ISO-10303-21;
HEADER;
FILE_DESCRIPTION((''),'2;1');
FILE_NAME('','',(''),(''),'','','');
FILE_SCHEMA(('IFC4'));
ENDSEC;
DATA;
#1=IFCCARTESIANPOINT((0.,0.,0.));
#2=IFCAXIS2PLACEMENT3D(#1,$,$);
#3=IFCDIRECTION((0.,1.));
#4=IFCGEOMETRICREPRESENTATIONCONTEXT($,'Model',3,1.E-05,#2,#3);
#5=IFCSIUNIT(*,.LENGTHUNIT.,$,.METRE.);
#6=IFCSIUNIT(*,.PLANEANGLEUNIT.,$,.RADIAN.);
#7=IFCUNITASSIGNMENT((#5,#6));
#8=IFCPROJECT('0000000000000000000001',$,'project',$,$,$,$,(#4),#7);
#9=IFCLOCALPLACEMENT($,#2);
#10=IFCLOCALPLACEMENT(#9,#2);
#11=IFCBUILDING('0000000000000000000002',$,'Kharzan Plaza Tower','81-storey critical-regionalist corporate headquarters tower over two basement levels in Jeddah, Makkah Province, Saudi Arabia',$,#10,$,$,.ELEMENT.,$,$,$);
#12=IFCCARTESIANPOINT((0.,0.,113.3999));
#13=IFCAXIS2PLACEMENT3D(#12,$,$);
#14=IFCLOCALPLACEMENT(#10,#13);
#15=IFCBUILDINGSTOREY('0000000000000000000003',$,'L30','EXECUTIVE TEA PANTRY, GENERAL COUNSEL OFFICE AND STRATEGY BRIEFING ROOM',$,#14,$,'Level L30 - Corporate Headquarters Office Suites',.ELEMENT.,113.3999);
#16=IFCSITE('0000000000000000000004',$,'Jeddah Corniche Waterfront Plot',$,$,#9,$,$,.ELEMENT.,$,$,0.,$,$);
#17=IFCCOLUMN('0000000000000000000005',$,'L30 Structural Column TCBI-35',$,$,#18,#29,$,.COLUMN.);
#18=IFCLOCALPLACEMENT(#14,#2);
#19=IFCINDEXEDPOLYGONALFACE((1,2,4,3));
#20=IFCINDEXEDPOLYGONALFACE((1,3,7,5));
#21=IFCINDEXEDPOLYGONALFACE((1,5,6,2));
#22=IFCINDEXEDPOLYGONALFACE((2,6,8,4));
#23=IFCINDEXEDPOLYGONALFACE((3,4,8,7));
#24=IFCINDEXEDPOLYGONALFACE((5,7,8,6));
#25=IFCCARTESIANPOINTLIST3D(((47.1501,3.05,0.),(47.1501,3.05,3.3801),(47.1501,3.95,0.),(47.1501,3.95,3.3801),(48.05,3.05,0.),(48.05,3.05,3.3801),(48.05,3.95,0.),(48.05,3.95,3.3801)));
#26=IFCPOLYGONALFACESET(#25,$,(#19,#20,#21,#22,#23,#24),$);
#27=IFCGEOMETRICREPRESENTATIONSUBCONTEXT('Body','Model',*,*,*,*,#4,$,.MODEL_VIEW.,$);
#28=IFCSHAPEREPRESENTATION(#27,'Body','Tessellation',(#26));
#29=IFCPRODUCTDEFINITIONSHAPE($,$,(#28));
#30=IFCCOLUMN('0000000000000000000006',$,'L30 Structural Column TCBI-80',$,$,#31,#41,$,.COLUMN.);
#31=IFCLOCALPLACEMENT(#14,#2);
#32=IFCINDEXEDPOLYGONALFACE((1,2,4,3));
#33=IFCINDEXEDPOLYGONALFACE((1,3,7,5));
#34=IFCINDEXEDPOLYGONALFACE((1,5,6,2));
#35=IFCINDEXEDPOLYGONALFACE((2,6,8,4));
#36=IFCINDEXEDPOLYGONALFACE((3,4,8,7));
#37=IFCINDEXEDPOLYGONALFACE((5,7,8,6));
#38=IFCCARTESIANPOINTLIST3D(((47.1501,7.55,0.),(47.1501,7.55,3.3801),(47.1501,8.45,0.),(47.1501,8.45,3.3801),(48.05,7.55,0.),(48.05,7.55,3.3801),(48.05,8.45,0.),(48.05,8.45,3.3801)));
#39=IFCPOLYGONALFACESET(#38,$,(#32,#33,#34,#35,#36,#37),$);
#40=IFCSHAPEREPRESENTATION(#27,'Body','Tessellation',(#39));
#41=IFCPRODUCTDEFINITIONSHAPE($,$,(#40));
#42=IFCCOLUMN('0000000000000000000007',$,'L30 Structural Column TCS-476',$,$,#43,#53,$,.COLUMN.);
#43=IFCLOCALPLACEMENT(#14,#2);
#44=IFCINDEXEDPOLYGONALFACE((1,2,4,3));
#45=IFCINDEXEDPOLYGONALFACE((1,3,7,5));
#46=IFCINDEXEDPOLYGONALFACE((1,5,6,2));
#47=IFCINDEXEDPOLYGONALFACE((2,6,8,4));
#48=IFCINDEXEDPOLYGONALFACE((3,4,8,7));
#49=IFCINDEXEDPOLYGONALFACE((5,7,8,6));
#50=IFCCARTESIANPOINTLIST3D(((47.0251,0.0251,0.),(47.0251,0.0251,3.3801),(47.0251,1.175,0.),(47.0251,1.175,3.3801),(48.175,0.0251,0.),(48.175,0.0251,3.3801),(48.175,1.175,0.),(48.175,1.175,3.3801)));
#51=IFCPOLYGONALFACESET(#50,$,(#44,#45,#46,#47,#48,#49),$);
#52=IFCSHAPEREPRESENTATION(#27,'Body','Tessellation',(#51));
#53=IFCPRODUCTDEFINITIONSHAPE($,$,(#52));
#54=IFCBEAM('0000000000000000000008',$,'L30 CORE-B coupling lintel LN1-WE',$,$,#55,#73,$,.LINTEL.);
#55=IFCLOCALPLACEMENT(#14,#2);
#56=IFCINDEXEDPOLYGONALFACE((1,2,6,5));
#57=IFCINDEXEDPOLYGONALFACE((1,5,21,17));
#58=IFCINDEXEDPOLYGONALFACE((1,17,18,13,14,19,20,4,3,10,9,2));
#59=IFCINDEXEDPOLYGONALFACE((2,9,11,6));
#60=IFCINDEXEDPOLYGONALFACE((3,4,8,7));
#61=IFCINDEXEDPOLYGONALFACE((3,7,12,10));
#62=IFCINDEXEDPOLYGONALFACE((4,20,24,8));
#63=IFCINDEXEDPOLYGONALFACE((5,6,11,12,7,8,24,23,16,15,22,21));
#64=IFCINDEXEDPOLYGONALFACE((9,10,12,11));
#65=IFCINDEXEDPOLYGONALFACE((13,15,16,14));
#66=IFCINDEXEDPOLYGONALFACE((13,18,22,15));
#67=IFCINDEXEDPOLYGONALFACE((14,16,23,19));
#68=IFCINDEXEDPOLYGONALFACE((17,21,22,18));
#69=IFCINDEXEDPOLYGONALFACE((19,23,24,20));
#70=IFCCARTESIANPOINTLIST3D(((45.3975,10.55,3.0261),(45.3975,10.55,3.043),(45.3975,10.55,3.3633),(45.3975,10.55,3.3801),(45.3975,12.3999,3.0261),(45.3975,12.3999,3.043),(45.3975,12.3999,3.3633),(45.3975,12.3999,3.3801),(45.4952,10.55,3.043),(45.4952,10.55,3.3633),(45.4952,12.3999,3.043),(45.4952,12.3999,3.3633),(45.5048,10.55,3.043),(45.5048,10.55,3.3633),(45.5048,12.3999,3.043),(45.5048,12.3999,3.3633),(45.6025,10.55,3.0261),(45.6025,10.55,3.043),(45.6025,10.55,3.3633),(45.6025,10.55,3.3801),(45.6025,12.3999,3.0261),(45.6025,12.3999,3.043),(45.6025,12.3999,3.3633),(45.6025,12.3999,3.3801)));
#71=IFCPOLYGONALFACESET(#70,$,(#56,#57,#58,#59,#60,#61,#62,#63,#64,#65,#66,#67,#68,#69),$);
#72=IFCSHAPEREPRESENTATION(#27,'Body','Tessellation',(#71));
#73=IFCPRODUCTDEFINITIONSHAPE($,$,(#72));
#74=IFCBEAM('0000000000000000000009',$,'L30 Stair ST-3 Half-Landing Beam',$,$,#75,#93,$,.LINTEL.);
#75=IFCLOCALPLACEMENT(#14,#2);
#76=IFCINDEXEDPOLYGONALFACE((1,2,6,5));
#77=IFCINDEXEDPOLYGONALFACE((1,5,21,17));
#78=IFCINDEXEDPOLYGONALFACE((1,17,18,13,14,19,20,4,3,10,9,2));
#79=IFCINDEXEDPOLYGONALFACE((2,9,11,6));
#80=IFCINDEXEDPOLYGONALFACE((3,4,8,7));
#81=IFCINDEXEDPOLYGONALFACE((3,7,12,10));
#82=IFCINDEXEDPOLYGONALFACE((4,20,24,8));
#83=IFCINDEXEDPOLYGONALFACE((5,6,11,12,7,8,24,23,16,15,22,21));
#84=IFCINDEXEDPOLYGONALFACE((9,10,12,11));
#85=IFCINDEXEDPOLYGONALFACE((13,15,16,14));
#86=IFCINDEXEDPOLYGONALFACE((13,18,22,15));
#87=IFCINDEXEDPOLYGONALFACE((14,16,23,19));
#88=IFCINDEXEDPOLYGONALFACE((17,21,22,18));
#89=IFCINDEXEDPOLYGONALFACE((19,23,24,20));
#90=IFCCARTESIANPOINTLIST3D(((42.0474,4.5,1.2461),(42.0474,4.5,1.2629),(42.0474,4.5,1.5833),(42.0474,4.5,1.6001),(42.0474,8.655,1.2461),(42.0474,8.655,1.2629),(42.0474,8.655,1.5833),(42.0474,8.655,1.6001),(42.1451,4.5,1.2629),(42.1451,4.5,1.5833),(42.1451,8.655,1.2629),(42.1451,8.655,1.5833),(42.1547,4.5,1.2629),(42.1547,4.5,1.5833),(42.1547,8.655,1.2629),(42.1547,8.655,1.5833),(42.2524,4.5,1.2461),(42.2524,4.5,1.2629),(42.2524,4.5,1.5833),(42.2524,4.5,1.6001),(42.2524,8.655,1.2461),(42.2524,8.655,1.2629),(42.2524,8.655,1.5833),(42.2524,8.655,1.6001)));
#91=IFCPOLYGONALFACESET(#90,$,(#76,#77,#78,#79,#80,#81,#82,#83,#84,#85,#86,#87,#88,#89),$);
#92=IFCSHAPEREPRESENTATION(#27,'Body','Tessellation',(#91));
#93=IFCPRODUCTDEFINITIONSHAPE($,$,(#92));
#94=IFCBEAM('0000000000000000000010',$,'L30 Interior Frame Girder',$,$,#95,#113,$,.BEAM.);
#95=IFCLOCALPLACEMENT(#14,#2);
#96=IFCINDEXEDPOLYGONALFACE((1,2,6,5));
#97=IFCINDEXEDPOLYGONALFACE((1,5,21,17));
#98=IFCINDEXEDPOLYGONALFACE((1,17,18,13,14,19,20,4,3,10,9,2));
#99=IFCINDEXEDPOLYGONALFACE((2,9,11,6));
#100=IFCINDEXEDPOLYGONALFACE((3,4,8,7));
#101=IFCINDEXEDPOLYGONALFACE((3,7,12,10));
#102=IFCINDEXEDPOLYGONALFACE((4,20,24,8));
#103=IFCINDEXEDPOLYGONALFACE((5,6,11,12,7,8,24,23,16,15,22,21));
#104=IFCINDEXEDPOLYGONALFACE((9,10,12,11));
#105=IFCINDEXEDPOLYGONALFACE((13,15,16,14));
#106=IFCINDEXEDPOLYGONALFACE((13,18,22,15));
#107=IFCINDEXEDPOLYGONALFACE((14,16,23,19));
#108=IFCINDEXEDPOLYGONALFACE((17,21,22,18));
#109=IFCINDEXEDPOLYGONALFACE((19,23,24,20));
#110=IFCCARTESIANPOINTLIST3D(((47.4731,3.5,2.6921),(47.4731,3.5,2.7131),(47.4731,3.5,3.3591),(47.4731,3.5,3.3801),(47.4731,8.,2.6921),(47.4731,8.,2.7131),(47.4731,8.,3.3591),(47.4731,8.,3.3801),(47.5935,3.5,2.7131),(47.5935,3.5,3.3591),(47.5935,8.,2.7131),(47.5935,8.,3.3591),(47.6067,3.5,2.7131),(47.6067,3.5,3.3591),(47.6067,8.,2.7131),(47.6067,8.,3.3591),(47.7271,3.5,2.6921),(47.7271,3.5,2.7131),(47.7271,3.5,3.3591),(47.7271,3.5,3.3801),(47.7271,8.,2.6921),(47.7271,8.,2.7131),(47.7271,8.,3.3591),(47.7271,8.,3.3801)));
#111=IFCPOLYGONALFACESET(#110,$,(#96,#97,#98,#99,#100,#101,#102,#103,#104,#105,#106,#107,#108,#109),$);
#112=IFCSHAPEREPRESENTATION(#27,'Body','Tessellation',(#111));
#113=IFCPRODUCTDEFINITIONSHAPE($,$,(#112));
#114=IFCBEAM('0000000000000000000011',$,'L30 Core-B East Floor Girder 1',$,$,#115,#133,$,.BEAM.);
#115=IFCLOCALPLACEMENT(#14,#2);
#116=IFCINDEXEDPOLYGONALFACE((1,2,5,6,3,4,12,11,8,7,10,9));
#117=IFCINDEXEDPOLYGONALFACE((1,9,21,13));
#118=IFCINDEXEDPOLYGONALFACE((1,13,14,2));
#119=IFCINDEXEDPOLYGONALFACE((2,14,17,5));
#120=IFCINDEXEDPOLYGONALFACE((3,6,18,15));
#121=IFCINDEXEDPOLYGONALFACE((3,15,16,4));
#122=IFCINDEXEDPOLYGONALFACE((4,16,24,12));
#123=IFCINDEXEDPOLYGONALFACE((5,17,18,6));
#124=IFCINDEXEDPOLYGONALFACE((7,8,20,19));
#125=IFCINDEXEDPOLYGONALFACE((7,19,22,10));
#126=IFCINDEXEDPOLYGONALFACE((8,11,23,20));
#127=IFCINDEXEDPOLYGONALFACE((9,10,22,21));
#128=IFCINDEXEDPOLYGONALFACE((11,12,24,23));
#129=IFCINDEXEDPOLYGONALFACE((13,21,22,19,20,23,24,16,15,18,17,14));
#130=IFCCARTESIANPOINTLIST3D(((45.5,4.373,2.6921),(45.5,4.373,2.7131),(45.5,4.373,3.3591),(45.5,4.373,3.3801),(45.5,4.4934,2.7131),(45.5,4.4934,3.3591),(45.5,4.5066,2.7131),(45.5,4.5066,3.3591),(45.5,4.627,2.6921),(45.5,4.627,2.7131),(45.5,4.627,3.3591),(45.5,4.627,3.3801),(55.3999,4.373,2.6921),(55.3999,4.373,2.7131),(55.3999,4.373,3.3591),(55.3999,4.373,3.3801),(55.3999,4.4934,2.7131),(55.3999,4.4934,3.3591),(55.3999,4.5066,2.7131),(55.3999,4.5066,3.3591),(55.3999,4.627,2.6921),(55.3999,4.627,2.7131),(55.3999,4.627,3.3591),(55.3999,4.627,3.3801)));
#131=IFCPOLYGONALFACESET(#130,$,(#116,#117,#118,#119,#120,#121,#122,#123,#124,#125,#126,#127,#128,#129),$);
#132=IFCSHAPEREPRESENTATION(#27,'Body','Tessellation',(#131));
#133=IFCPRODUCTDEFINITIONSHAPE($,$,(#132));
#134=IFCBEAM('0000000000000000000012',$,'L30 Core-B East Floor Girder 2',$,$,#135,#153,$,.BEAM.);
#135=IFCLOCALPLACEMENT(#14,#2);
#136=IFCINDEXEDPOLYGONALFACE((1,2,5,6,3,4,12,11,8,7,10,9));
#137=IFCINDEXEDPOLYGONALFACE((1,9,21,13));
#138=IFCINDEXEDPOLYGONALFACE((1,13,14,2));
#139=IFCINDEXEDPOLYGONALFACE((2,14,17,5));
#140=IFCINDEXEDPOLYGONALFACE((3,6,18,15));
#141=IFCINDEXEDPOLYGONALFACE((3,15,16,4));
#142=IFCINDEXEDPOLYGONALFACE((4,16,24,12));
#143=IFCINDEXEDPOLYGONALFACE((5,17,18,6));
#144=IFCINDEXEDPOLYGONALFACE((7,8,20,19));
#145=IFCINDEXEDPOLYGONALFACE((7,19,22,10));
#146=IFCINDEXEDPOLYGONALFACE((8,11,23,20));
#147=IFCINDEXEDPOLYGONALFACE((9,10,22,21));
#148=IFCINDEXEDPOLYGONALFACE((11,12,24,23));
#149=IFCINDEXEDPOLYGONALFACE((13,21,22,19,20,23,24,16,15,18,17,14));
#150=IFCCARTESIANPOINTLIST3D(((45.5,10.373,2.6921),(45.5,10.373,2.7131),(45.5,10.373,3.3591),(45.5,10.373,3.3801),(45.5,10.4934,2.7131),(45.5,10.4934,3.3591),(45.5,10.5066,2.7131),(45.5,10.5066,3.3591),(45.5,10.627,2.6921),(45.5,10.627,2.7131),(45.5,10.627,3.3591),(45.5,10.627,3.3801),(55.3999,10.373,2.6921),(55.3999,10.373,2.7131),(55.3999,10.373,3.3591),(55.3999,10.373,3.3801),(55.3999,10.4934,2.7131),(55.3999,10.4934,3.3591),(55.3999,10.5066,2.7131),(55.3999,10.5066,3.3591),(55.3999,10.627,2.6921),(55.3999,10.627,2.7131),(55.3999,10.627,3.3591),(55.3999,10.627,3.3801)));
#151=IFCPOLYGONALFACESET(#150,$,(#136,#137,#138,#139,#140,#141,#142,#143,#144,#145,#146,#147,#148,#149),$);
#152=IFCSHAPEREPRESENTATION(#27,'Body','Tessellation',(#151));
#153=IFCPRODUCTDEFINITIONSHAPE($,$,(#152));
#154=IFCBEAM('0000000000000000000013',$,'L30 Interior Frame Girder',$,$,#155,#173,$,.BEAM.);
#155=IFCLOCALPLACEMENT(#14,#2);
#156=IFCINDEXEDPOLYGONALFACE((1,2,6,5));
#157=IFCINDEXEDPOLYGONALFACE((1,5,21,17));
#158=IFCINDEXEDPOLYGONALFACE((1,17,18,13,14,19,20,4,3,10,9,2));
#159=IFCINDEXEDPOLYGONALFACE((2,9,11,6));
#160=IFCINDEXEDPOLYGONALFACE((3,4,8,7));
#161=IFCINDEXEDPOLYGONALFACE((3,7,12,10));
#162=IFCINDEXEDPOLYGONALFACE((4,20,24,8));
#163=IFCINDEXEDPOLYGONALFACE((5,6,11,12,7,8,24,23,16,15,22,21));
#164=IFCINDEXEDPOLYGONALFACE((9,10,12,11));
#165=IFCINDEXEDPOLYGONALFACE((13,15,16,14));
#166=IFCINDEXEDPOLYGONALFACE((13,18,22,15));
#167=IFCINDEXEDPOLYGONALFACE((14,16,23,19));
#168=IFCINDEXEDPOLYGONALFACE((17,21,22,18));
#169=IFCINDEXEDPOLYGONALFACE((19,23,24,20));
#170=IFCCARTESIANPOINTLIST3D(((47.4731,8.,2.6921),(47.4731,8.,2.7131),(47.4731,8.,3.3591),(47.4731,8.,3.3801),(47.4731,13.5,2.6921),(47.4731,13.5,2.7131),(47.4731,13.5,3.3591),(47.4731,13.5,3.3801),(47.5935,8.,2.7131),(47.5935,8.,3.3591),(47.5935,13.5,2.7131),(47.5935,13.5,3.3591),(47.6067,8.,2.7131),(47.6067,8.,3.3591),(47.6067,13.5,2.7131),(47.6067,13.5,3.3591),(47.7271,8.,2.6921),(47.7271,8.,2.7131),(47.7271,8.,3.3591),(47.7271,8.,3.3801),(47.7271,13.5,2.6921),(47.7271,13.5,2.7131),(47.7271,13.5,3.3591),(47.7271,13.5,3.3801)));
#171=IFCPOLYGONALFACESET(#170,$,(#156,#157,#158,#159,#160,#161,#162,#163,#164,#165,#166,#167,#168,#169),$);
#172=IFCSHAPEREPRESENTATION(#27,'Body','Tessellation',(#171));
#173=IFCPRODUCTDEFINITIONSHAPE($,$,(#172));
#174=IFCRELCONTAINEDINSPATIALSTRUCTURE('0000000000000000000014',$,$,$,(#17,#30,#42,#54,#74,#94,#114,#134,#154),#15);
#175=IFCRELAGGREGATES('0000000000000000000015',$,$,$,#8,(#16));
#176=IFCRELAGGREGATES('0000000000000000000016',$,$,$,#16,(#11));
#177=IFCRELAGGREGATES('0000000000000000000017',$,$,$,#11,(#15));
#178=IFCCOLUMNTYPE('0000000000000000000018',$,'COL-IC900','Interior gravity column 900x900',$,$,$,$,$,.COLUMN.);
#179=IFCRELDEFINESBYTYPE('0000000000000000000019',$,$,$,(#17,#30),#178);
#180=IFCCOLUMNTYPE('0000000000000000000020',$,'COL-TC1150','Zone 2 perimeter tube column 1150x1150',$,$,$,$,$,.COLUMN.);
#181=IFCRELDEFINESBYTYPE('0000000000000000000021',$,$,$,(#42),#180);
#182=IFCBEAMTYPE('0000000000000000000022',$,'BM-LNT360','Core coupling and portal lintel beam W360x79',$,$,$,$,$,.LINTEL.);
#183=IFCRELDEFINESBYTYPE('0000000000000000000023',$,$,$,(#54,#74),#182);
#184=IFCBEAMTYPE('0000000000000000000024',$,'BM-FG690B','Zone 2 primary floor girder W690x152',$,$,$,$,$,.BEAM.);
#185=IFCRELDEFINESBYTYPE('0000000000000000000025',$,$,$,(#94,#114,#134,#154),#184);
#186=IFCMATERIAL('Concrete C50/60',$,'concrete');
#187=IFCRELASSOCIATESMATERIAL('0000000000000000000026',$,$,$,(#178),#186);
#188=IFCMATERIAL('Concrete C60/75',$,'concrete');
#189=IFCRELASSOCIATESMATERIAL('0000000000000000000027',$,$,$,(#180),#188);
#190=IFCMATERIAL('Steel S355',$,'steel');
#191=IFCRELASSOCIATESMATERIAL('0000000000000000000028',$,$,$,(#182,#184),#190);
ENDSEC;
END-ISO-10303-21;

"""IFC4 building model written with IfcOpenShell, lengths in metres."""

from ifc_helpers import new_model, si_unit, direction, frame, origin, origin_2d, place, context, subcontext, project, spatial, rectangle, i_section, extrude, source, transform, mapped, material, material_profile, profile_set, type_object, element, save


model = new_model("IFC4")

# Units and contexts
model_context = context("Model", 3, precision=1e-05, world=origin(), true_north=direction((0.0, 1.0)))
body_context = subcontext(model_context, "Body", "Model", "MODEL_VIEW")
ifc_project = project(units=[si_unit("LENGTHUNIT", "METRE"), si_unit("PLANEANGLEUNIT", "RADIAN")], contexts=[model_context])

# Site, building, storey
site_placement = place(None, origin())
site = spatial("IfcSite", under=ifc_project, at=site_placement, Name="Jeddah Corniche Waterfront Plot", CompositionType="ELEMENT", RefElevation=0.0)
building_placement = place(site_placement, origin())
building = spatial("IfcBuilding", under=site, at=building_placement, Name="Kharzan Plaza Tower", Description="81-storey critical-regionalist corporate headquarters tower over two basement levels in Jeddah, Makkah Province, Saudi Arabia", CompositionType="ELEMENT")
storey_placement = place(building_placement, frame((0.0, 0.0, 113.3999)))
storey = spatial("IfcBuildingStorey", under=building, at=storey_placement, Name="L30", Description="EXECUTIVE TEA PANTRY, GENERAL COUNSEL OFFICE AND STRATEGY BRIEFING ROOM", LongName="Level L30 - Corporate Headquarters Office Suites", CompositionType="ELEMENT", Elevation=113.3999)

# Columns
ifc_material_1 = material(Name="Concrete C50/60", Category="concrete")
ifc_material_profile_1 = material_profile(ifc_material_1, rectangle(XDim=0.8999, YDim=0.8999, at=origin_2d()), Name="RC-IC900x900")
ifc_profile_set_1 = profile_set([ifc_material_profile_1], Name="Concrete C50/60")
column_type_1 = type_object("IfcColumnType", Name="COL-IC900", Description="Interior gravity column 900x900", PredefinedType="COLUMN", material=ifc_profile_set_1)
shared_shape_1 = source(origin(), body_context, "Body", "SweptSolid", [
    extrude(rectangle(XDim=0.8999, YDim=0.8999, at=origin_2d()), origin(), (0.0, 0.0, 1.0), 3.3801),
])
for number, where, z_axis, x_axis, name in (
    (1, (47.6001, 3.5, 0.0), (0.0, 0.0, 1.0), (1.0, 0.0, 0.0), "L30 Structural Column TCBI-35"),
    (2, (47.6001, 8.0, 0.0), (0.0, 0.0, 1.0), (1.0, 0.0, 0.0), "L30 Structural Column TCBI-80"),
):
    element("IfcColumn", number, at=place(storey_placement, frame(where, z_axis=z_axis, x_axis=x_axis)), inside=storey, type_object=column_type_1, Name=name, PredefinedType="COLUMN", context=body_context, shape_type="MappedRepresentation", body=[
        mapped(shared_shape_1, transform((0.0, 0.0, 0.0), x_axis=(1.0, 0.0, 0.0), y_axis=(0.0, 1.0, 0.0), z_axis=(0.0, 0.0, 1.0))),
    ])
ifc_material_2 = material(Name="Concrete C60/75", Category="concrete")
ifc_material_profile_2 = material_profile(ifc_material_2, rectangle(XDim=1.1499, YDim=1.1499, at=origin_2d()), Name="RC-TC1150x1150")
ifc_profile_set_2 = profile_set([ifc_material_profile_2], Name="Concrete C60/75")
column_type_2 = type_object("IfcColumnType", Name="COL-TC1150", Description="Zone 2 perimeter tube column 1150x1150", PredefinedType="COLUMN", material=ifc_profile_set_2)
shared_shape_2 = source(origin(), body_context, "Body", "SweptSolid", [
    extrude(rectangle(XDim=1.1499, YDim=1.1499, at=origin_2d()), origin(), (0.0, 0.0, 1.0), 3.3801),
])
column_placement = place(storey_placement, frame((47.6001, 0.6001, 0.0), z_axis=(0.0, 0.0, 1.0), x_axis=(1.0, 0.0, 0.0)))
element("IfcColumn", 3, at=column_placement, inside=storey, type_object=column_type_2, Name="L30 Structural Column TCS-476", PredefinedType="COLUMN", context=body_context, shape_type="MappedRepresentation", body=[
    mapped(shared_shape_2, transform((0.0, 0.0, 0.0), x_axis=(1.0, 0.0, 0.0), y_axis=(0.0, 1.0, 0.0), z_axis=(0.0, 0.0, 1.0))),
])

# Beams
ifc_material_3 = material(Name="Steel S355", Category="steel")
ifc_material_profile_3 = material_profile(ifc_material_3, i_section(OverallWidth=0.2051, OverallDepth=0.354, WebThickness=0.0095, FlangeThickness=0.0168, at=origin_2d()), Name="W360x79")
ifc_profile_set_3 = profile_set([ifc_material_profile_3], Name="Steel S355")
beam_type_1 = type_object("IfcBeamType", Name="BM-LNT360", Description="Core coupling and portal lintel beam W360x79", PredefinedType="LINTEL", material=ifc_profile_set_3)
shared_shape_3 = source(origin(), body_context, "Body", "SweptSolid", [
    extrude(i_section(OverallWidth=0.2051, OverallDepth=0.354, WebThickness=0.0095, FlangeThickness=0.0168, at=origin_2d()), origin(), (0.0, 0.0, 1.0), 1.8499),
])
beam_1_placement = place(storey_placement, frame((45.5, 10.55, 3.2031), z_axis=(0.0, 1.0, 0.0), x_axis=(-1.0, 0.0, 0.0)))
element("IfcBeam", 4, at=beam_1_placement, inside=storey, type_object=beam_type_1, Name="L30 CORE-B coupling lintel LN1-WE", PredefinedType="LINTEL", context=body_context, shape_type="MappedRepresentation", body=[
    mapped(shared_shape_3, transform((0.0, 0.0, 0.0), x_axis=(1.0, 0.0, 0.0), y_axis=(0.0, 1.0, 0.0), z_axis=(0.0, 0.0, 1.0))),
])
shared_shape_4 = source(origin(), body_context, "Body", "SweptSolid", [
    extrude(i_section(OverallWidth=0.2051, OverallDepth=0.354, WebThickness=0.0095, FlangeThickness=0.0168, at=origin_2d()), origin(), (0.0, 0.0, 1.0), 4.155),
])
beam_2_placement = place(storey_placement, frame((42.1499, 4.5, 1.4231), z_axis=(0.0, 1.0, 0.0), x_axis=(-1.0, 0.0, 0.0)))
element("IfcBeam", 5, at=beam_2_placement, inside=storey, type_object=beam_type_1, Name="L30 Stair ST-3 Half-Landing Beam", PredefinedType="LINTEL", context=body_context, shape_type="MappedRepresentation", body=[
    mapped(shared_shape_4, transform((0.0, 0.0, 0.0), x_axis=(1.0, 0.0, 0.0), y_axis=(0.0, 1.0, 0.0), z_axis=(0.0, 0.0, 1.0))),
])
ifc_material_profile_4 = material_profile(ifc_material_3, i_section(OverallWidth=0.2539, OverallDepth=0.688, WebThickness=0.0132, FlangeThickness=0.021, at=origin_2d()), Name="W690x152")
ifc_profile_set_4 = profile_set([ifc_material_profile_4], Name="Steel S355")
beam_type_2 = type_object("IfcBeamType", Name="BM-FG690B", Description="Zone 2 primary floor girder W690x152", PredefinedType="BEAM", material=ifc_profile_set_4)
shared_shape_5 = source(origin(), body_context, "Body", "SweptSolid", [
    extrude(i_section(OverallWidth=0.2539, OverallDepth=0.688, WebThickness=0.0132, FlangeThickness=0.021, at=origin_2d()), origin(), (0.0, 0.0, 1.0), 4.5),
])
beam_3_placement = place(storey_placement, frame((47.6001, 3.5, 3.0361), z_axis=(0.0, 1.0, 0.0), x_axis=(-1.0, 0.0, 0.0)))
element("IfcBeam", 6, at=beam_3_placement, inside=storey, type_object=beam_type_2, Name="L30 Interior Frame Girder", PredefinedType="BEAM", context=body_context, shape_type="MappedRepresentation", body=[
    mapped(shared_shape_5, transform((0.0, 0.0, 0.0), x_axis=(1.0, 0.0, 0.0), y_axis=(0.0, 1.0, 0.0), z_axis=(0.0, 0.0, 1.0))),
])
shared_shape_6 = source(origin(), body_context, "Body", "SweptSolid", [
    extrude(i_section(OverallWidth=0.2539, OverallDepth=0.688, WebThickness=0.0132, FlangeThickness=0.021, at=origin_2d()), origin(), (0.0, 0.0, 1.0), 9.8999),
])
for number, where, z_axis, x_axis, name in (
    (7, (45.5, 4.5, 3.0361), (1.0, 0.0, 0.0), (0.0, 1.0, 0.0), "L30 Core-B East Floor Girder 1"),
    (8, (45.5, 10.5, 3.0361), (1.0, 0.0, 0.0), (0.0, 1.0, 0.0), "L30 Core-B East Floor Girder 2"),
):
    element("IfcBeam", number, at=place(storey_placement, frame(where, z_axis=z_axis, x_axis=x_axis)), inside=storey, type_object=beam_type_2, Name=name, PredefinedType="BEAM", context=body_context, shape_type="MappedRepresentation", body=[
        mapped(shared_shape_6, transform((0.0, 0.0, 0.0), x_axis=(1.0, 0.0, 0.0), y_axis=(0.0, 1.0, 0.0), z_axis=(0.0, 0.0, 1.0))),
    ])
shared_shape_7 = source(origin(), body_context, "Body", "SweptSolid", [
    extrude(i_section(OverallWidth=0.2539, OverallDepth=0.688, WebThickness=0.0132, FlangeThickness=0.021, at=origin_2d()), origin(), (0.0, 0.0, 1.0), 5.5),
])
beam_4_placement = place(storey_placement, frame((47.6001, 8.0, 3.0361), z_axis=(0.0, 1.0, 0.0), x_axis=(-1.0, 0.0, 0.0)))
element("IfcBeam", 9, at=beam_4_placement, inside=storey, type_object=beam_type_2, Name="L30 Interior Frame Girder", PredefinedType="BEAM", context=body_context, shape_type="MappedRepresentation", body=[
    mapped(shared_shape_7, transform((0.0, 0.0, 0.0), x_axis=(1.0, 0.0, 0.0), y_axis=(0.0, 1.0, 0.0), z_axis=(0.0, 0.0, 1.0))),
])

save(model, "model.ifc")
